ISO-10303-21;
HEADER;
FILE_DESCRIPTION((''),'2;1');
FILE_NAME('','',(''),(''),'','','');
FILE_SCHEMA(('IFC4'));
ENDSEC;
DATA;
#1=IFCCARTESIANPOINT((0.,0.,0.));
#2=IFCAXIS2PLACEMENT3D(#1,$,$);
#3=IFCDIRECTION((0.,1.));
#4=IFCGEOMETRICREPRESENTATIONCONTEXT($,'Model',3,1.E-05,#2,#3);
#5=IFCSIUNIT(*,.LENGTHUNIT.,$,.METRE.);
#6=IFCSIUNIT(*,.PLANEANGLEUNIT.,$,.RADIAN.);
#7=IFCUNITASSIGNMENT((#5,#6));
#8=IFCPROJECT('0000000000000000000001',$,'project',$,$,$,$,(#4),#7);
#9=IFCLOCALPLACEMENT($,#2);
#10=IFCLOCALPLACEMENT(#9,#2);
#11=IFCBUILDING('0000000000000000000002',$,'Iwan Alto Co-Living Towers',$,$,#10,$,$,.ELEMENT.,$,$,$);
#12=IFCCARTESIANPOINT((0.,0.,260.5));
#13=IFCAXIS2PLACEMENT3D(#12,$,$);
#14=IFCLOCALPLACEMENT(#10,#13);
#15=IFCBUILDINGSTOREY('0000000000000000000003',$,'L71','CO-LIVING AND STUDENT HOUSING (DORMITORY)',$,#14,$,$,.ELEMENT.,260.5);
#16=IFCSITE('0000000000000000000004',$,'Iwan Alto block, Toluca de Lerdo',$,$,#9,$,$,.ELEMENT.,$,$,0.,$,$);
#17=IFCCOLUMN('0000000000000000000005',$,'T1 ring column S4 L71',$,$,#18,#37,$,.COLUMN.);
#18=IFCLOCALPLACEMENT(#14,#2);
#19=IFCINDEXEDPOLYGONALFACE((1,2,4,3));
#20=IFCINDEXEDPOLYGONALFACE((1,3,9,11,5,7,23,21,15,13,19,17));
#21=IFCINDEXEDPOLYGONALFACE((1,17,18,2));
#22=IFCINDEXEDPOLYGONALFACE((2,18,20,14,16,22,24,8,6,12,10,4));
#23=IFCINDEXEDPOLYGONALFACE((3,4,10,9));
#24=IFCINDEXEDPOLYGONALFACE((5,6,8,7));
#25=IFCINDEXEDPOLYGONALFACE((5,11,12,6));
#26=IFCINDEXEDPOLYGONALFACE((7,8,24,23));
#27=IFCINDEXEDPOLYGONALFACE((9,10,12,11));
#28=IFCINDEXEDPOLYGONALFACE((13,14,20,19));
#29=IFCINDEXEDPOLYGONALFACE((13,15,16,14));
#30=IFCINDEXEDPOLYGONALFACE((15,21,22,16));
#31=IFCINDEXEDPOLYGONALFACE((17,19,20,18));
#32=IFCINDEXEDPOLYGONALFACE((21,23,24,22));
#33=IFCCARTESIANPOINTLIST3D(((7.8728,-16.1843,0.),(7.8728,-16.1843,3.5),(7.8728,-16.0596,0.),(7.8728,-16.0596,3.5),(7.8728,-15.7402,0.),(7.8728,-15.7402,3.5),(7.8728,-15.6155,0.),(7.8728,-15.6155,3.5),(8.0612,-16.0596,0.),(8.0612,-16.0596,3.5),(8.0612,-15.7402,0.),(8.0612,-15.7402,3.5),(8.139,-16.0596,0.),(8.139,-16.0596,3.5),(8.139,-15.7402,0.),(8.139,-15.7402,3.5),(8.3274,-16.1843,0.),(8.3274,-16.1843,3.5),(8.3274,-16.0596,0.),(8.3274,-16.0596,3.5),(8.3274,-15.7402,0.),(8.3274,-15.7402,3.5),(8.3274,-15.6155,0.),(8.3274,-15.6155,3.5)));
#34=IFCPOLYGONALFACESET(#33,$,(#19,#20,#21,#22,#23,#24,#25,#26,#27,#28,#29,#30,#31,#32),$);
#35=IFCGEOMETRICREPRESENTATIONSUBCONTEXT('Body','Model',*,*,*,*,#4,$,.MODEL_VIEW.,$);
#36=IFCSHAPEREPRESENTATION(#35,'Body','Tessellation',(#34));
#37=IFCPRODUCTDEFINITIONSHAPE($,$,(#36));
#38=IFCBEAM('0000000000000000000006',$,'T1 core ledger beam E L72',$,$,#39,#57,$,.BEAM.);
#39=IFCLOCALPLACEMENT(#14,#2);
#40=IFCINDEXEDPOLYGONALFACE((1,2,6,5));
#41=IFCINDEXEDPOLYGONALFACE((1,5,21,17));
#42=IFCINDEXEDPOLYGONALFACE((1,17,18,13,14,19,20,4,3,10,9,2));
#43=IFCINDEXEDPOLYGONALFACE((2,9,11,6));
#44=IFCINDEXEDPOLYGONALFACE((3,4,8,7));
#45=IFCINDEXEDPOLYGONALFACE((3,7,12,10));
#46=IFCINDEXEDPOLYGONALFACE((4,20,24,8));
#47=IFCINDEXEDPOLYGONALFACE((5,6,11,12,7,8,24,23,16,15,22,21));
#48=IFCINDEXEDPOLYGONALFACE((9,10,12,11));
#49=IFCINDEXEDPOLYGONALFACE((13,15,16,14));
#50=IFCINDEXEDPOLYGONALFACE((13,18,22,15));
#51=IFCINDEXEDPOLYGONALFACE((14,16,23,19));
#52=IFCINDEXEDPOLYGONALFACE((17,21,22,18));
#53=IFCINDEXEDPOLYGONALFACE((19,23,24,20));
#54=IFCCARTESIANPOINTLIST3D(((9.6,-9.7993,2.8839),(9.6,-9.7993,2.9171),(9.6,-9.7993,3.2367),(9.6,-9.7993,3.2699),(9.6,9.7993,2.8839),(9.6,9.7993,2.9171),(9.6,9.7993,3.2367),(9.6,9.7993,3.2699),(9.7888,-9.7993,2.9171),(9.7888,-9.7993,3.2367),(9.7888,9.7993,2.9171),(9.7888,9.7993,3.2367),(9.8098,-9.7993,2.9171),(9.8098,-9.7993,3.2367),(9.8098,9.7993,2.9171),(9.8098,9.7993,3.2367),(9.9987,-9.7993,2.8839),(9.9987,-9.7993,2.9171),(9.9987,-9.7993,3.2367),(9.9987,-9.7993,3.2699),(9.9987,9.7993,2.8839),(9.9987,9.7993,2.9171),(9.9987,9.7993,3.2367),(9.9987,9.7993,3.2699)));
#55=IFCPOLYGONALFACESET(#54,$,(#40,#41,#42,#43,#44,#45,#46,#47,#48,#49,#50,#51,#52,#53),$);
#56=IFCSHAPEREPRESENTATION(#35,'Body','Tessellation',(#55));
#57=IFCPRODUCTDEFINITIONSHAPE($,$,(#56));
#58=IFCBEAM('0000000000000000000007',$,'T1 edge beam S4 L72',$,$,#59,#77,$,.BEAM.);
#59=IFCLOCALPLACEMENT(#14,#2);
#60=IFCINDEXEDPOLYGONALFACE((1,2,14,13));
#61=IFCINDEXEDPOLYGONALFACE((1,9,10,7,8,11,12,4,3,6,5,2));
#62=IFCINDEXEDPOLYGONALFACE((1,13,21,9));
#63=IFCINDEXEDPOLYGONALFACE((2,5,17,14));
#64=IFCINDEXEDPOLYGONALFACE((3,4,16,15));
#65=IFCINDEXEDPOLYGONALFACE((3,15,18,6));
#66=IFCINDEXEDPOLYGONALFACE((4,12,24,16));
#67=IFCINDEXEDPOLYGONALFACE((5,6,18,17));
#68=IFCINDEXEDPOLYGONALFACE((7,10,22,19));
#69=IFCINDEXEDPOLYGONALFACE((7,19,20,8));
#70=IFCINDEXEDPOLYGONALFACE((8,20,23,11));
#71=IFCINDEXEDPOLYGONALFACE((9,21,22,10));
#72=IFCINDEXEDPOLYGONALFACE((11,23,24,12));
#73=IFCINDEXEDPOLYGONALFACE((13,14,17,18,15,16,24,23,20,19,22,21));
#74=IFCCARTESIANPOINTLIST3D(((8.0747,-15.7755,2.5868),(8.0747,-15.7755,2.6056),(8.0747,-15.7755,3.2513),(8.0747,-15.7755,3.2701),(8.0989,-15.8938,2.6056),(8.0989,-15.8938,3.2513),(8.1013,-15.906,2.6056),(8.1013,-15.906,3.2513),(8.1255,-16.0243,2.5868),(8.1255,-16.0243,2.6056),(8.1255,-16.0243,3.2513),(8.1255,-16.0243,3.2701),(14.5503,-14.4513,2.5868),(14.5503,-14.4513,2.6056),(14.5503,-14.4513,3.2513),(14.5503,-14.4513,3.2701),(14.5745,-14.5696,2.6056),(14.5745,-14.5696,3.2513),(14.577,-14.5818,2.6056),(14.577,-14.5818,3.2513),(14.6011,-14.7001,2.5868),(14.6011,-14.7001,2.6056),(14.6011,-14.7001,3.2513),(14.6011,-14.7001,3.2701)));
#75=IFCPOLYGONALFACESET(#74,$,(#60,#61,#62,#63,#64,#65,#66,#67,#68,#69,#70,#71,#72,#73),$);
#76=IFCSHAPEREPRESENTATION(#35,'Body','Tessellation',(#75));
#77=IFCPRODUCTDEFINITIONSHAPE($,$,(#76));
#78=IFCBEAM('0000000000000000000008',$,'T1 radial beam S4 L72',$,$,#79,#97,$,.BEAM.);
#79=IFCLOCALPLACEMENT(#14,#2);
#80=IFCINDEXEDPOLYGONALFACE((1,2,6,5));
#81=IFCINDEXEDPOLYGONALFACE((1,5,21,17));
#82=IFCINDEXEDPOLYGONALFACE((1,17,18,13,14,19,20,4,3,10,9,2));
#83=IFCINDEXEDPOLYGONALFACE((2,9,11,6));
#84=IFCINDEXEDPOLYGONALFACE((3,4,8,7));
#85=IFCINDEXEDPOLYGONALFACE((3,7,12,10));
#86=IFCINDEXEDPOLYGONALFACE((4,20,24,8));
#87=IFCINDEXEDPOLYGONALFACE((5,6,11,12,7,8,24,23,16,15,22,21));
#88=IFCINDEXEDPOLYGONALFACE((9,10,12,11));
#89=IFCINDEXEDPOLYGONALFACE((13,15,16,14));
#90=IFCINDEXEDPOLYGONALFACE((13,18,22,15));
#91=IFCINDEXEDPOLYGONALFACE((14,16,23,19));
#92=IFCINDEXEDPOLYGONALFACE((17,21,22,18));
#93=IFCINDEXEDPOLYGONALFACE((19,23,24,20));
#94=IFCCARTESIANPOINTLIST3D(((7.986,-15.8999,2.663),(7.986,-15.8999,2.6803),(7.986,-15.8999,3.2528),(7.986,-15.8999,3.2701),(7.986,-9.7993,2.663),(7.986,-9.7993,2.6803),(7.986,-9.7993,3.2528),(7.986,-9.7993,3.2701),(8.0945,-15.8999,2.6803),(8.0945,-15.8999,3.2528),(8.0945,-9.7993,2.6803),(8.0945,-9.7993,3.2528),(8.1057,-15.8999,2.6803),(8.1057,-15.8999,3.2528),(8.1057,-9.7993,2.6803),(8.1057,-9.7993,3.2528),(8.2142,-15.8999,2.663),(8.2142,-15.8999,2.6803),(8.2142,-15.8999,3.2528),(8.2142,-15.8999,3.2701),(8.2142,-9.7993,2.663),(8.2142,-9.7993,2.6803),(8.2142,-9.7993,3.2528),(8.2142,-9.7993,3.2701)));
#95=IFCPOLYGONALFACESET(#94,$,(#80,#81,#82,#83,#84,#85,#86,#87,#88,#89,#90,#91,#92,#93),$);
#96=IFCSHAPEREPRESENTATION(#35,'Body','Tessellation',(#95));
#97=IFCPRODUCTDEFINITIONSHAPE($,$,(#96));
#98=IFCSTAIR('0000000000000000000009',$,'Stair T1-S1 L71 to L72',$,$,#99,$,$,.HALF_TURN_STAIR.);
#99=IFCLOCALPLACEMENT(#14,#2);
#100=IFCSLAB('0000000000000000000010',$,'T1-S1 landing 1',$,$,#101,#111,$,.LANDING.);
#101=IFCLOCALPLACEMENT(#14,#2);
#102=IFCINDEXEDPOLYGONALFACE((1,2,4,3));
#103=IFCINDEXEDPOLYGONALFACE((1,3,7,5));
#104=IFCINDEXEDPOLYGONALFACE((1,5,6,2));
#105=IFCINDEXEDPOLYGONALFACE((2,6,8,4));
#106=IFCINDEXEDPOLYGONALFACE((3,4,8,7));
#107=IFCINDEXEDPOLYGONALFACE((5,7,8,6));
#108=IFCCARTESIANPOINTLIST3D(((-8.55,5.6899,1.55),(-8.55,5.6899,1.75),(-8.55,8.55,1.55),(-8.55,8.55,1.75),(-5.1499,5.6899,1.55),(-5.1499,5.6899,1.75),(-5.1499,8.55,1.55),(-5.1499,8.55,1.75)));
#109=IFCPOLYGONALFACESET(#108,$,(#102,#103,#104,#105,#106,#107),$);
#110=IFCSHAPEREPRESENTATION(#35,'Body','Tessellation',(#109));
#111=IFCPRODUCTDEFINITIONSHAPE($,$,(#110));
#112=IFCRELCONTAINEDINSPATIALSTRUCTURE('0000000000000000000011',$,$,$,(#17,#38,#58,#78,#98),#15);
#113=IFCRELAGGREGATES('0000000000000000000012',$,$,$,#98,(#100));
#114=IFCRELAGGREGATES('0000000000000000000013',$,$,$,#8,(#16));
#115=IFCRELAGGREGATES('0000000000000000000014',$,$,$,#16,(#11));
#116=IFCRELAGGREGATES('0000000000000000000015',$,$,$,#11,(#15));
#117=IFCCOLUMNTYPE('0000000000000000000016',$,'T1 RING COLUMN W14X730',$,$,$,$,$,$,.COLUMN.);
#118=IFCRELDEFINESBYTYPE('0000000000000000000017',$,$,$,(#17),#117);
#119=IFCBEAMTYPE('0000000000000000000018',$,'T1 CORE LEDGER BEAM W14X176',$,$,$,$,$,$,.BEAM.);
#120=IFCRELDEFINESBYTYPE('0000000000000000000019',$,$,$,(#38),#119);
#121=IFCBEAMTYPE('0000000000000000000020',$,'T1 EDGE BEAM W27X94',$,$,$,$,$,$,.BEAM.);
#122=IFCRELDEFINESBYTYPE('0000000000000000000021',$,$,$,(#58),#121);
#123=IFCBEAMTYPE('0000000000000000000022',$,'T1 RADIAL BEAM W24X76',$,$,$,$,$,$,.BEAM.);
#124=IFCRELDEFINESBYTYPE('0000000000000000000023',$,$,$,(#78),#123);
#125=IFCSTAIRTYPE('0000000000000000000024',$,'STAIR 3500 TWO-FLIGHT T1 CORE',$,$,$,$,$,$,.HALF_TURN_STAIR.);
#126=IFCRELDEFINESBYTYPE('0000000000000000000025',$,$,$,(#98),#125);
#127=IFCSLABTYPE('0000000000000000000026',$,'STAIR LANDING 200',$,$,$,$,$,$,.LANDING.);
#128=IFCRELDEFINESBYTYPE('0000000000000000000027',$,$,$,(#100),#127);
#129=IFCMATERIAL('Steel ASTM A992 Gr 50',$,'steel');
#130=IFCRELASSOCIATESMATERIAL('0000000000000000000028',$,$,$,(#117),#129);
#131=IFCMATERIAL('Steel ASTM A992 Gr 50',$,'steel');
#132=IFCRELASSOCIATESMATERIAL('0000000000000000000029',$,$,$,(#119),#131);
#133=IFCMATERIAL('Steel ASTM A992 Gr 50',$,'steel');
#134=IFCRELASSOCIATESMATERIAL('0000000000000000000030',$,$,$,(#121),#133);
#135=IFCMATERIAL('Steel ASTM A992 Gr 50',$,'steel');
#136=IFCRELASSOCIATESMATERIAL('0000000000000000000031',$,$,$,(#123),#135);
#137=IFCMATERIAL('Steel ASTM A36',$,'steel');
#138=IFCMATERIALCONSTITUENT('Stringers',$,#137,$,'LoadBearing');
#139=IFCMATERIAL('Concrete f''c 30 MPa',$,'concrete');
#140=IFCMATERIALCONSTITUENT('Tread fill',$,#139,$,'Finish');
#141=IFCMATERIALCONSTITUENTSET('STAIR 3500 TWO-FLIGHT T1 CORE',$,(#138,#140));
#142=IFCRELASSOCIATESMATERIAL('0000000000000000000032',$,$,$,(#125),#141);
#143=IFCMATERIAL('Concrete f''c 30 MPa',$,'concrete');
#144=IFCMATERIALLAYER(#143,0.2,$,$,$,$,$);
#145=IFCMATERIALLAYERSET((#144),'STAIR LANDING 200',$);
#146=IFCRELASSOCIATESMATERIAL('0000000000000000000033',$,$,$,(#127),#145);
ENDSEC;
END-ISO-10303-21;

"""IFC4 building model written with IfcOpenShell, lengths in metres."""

from ifc_helpers import new_model, si_unit, direction, frame, origin, origin_2d, place, context, subcontext, project, spatial, polyline, i_section, outline, extrude, material, layer, layer_set, constituent, constituent_set, material_profile, profile_set, type_object, element, aggregate, save


model = new_model("IFC4")

# Units and contexts
model_context = context("Model", 3, precision=1e-05, world=origin(), true_north=direction((0.0, 1.0)))
body_context = subcontext(model_context, "Body", "Model", "MODEL_VIEW")
ifc_project = project(units=[si_unit("LENGTHUNIT", "METRE"), si_unit("PLANEANGLEUNIT", "RADIAN")], contexts=[model_context])

# Site, building, storey
site_placement = place(None, origin())
site = spatial("IfcSite", under=ifc_project, at=site_placement, Name="Iwan Alto block, Toluca de Lerdo", CompositionType="ELEMENT", RefElevation=0.0)
building_placement = place(site_placement, origin())
building = spatial("IfcBuilding", under=site, at=building_placement, Name="Iwan Alto Co-Living Towers", CompositionType="ELEMENT")
storey_placement = place(building_placement, frame((0.0, 0.0, 260.5)))
storey = spatial("IfcBuildingStorey", under=building, at=storey_placement, Name="L71", Description="CO-LIVING AND STUDENT HOUSING (DORMITORY)", CompositionType="ELEMENT", Elevation=260.5)

# Column
ifc_material_1 = material(Name="Steel ASTM A992 Gr 50", Category="steel")
ifc_material_profile_1 = material_profile(ifc_material_1, i_section(OverallWidth=0.4546, OverallDepth=0.5688, WebThickness=0.0779, FlangeThickness=0.1248, at=origin_2d()), Name="W14X730")
ifc_profile_set_1 = profile_set([ifc_material_profile_1], Name="Steel ASTM A992 Gr 50")
column_type = type_object("IfcColumnType", Name="T1 RING COLUMN W14X730", PredefinedType="COLUMN", material=ifc_profile_set_1)
column_placement = place(storey_placement, frame((8.1001, -15.8999, 0.0), z_axis=(0.0, 0.0, 1.0), x_axis=(1.0, 0.0, 0.0)))
element("IfcColumn", 1, at=column_placement, inside=storey, type_object=column_type, Name="T1 ring column S4 L71", PredefinedType="COLUMN", context=body_context, shape_type="SweptSolid", body=[
    extrude(i_section(OverallWidth=0.4546, OverallDepth=0.5688, WebThickness=0.0779, FlangeThickness=0.1248, at=origin_2d()), origin(), (0.0, 0.0, 1.0), 3.5),
])

# Beams
ifc_material_2 = material(Name="Steel ASTM A992 Gr 50", Category="steel")
ifc_material_profile_2 = material_profile(ifc_material_2, i_section(OverallWidth=0.3987, OverallDepth=0.386, WebThickness=0.021, FlangeThickness=0.0332, at=origin_2d()), Name="W14X176")
ifc_profile_set_2 = profile_set([ifc_material_profile_2], Name="Steel ASTM A992 Gr 50")
beam_type_1 = type_object("IfcBeamType", Name="T1 CORE LEDGER BEAM W14X176", PredefinedType="BEAM", material=ifc_profile_set_2)
beam_1_placement = place(storey_placement, frame((9.7993, -9.7993, 3.0769), z_axis=(0.0, 1.0, 0.0), x_axis=(-1.0, 0.0, 0.0)))
element("IfcBeam", 2, at=beam_1_placement, inside=storey, type_object=beam_type_1, Name="T1 core ledger beam E L72", PredefinedType="BEAM", context=body_context, shape_type="SweptSolid", body=[
    extrude(i_section(OverallWidth=0.3987, OverallDepth=0.386, WebThickness=0.021, FlangeThickness=0.0332, at=origin_2d()), origin(), (0.0, 0.0, 1.0), 19.5986),
])
ifc_material_3 = material(Name="Steel ASTM A992 Gr 50", Category="steel")
ifc_material_profile_3 = material_profile(ifc_material_3, i_section(OverallWidth=0.2539, OverallDepth=0.6833, WebThickness=0.0125, FlangeThickness=0.0188, at=origin_2d()), Name="W27X94")
ifc_profile_set_3 = profile_set([ifc_material_profile_3], Name="Steel ASTM A992 Gr 50")
beam_type_2 = type_object("IfcBeamType", Name="T1 EDGE BEAM W27X94", PredefinedType="BEAM", material=ifc_profile_set_3)
beam_2_placement = place(storey_placement, frame((8.1001, -15.8999, 2.9285), z_axis=(0.979725, 0.200348, 0.0), x_axis=(-0.200348, 0.979725, 0.0)))
element("IfcBeam", 3, at=beam_2_placement, inside=storey, type_object=beam_type_2, Name="T1 edge beam S4 L72", PredefinedType="BEAM", context=body_context, shape_type="SweptSolid", body=[
    extrude(i_section(OverallWidth=0.2539, OverallDepth=0.6833, WebThickness=0.0125, FlangeThickness=0.0188, at=origin_2d()), origin(), (0.0, 0.0, 1.0), 6.6096),
])
ifc_material_4 = material(Name="Steel ASTM A992 Gr 50", Category="steel")
ifc_material_profile_4 = material_profile(ifc_material_4, i_section(OverallWidth=0.2283, OverallDepth=0.6072, WebThickness=0.0112, FlangeThickness=0.0173, at=origin_2d()), Name="W24X76")
ifc_profile_set_4 = profile_set([ifc_material_profile_4], Name="Steel ASTM A992 Gr 50")
beam_type_3 = type_object("IfcBeamType", Name="T1 RADIAL BEAM W24X76", PredefinedType="BEAM", material=ifc_profile_set_4)
beam_3_placement = place(storey_placement, frame((8.1001, -15.8999, 2.9666), z_axis=(0.0, 1.0, 0.0), x_axis=(-1.0, 0.0, 0.0)))
element("IfcBeam", 4, at=beam_3_placement, inside=storey, type_object=beam_type_3, Name="T1 radial beam S4 L72", PredefinedType="BEAM", context=body_context, shape_type="SweptSolid", body=[
    extrude(i_section(OverallWidth=0.2283, OverallDepth=0.6072, WebThickness=0.0112, FlangeThickness=0.0173, at=origin_2d()), origin(), (0.0, 0.0, 1.0), 6.1006),
])

# Stair, slab
ifc_material_5 = material(Name="Steel ASTM A36", Category="steel")
ifc_constituent_1 = constituent(ifc_material_5, Name="Stringers", Category="LoadBearing")
ifc_material_6 = material(Name="Concrete f'c 30 MPa", Category="concrete")
ifc_constituent_2 = constituent(ifc_material_6, Name="Tread fill", Category="Finish")
ifc_constituent_set_1 = constituent_set(constituents=[ifc_constituent_1, ifc_constituent_2], Name="STAIR 3500 TWO-FLIGHT T1 CORE")
stair_type = type_object("IfcStairType", Name="STAIR 3500 TWO-FLIGHT T1 CORE", PredefinedType="HALF_TURN_STAIR", material=ifc_constituent_set_1)
stair_1_placement = place(storey_placement, origin())
stair_1 = element("IfcStair", 5, at=stair_1_placement, inside=storey, type_object=stair_type, Name="Stair T1-S1 L71 to L72", PredefinedType="HALF_TURN_STAIR")
ifc_material_7 = material(Name="Concrete f'c 30 MPa", Category="concrete")
ifc_layer_1 = layer(ifc_material_7, 0.2)
ifc_layer_set_1 = layer_set([ifc_layer_1], Name="STAIR LANDING 200")
slab_type = type_object("IfcSlabType", Name="STAIR LANDING 200", PredefinedType="LANDING", material=ifc_layer_set_1)
slab_placement = place(storey_placement, frame((0.0, 0.0, 1.55)))
slab = element("IfcSlab", 6, at=slab_placement, type_object=slab_type, Name="T1-S1 landing 1", PredefinedType="LANDING", context=body_context, shape_type="SweptSolid", body=[
    extrude(outline(polyline([(-8.55, 5.6899), (-8.55, 8.55), (-5.1499, 8.55), (-5.1499, 5.6899), (-8.55, 5.6899)])), origin(), (0.0, 0.0, 1.0), 0.2),
])
aggregate(stair_1, [slab])

save(model, "model.ifc")
